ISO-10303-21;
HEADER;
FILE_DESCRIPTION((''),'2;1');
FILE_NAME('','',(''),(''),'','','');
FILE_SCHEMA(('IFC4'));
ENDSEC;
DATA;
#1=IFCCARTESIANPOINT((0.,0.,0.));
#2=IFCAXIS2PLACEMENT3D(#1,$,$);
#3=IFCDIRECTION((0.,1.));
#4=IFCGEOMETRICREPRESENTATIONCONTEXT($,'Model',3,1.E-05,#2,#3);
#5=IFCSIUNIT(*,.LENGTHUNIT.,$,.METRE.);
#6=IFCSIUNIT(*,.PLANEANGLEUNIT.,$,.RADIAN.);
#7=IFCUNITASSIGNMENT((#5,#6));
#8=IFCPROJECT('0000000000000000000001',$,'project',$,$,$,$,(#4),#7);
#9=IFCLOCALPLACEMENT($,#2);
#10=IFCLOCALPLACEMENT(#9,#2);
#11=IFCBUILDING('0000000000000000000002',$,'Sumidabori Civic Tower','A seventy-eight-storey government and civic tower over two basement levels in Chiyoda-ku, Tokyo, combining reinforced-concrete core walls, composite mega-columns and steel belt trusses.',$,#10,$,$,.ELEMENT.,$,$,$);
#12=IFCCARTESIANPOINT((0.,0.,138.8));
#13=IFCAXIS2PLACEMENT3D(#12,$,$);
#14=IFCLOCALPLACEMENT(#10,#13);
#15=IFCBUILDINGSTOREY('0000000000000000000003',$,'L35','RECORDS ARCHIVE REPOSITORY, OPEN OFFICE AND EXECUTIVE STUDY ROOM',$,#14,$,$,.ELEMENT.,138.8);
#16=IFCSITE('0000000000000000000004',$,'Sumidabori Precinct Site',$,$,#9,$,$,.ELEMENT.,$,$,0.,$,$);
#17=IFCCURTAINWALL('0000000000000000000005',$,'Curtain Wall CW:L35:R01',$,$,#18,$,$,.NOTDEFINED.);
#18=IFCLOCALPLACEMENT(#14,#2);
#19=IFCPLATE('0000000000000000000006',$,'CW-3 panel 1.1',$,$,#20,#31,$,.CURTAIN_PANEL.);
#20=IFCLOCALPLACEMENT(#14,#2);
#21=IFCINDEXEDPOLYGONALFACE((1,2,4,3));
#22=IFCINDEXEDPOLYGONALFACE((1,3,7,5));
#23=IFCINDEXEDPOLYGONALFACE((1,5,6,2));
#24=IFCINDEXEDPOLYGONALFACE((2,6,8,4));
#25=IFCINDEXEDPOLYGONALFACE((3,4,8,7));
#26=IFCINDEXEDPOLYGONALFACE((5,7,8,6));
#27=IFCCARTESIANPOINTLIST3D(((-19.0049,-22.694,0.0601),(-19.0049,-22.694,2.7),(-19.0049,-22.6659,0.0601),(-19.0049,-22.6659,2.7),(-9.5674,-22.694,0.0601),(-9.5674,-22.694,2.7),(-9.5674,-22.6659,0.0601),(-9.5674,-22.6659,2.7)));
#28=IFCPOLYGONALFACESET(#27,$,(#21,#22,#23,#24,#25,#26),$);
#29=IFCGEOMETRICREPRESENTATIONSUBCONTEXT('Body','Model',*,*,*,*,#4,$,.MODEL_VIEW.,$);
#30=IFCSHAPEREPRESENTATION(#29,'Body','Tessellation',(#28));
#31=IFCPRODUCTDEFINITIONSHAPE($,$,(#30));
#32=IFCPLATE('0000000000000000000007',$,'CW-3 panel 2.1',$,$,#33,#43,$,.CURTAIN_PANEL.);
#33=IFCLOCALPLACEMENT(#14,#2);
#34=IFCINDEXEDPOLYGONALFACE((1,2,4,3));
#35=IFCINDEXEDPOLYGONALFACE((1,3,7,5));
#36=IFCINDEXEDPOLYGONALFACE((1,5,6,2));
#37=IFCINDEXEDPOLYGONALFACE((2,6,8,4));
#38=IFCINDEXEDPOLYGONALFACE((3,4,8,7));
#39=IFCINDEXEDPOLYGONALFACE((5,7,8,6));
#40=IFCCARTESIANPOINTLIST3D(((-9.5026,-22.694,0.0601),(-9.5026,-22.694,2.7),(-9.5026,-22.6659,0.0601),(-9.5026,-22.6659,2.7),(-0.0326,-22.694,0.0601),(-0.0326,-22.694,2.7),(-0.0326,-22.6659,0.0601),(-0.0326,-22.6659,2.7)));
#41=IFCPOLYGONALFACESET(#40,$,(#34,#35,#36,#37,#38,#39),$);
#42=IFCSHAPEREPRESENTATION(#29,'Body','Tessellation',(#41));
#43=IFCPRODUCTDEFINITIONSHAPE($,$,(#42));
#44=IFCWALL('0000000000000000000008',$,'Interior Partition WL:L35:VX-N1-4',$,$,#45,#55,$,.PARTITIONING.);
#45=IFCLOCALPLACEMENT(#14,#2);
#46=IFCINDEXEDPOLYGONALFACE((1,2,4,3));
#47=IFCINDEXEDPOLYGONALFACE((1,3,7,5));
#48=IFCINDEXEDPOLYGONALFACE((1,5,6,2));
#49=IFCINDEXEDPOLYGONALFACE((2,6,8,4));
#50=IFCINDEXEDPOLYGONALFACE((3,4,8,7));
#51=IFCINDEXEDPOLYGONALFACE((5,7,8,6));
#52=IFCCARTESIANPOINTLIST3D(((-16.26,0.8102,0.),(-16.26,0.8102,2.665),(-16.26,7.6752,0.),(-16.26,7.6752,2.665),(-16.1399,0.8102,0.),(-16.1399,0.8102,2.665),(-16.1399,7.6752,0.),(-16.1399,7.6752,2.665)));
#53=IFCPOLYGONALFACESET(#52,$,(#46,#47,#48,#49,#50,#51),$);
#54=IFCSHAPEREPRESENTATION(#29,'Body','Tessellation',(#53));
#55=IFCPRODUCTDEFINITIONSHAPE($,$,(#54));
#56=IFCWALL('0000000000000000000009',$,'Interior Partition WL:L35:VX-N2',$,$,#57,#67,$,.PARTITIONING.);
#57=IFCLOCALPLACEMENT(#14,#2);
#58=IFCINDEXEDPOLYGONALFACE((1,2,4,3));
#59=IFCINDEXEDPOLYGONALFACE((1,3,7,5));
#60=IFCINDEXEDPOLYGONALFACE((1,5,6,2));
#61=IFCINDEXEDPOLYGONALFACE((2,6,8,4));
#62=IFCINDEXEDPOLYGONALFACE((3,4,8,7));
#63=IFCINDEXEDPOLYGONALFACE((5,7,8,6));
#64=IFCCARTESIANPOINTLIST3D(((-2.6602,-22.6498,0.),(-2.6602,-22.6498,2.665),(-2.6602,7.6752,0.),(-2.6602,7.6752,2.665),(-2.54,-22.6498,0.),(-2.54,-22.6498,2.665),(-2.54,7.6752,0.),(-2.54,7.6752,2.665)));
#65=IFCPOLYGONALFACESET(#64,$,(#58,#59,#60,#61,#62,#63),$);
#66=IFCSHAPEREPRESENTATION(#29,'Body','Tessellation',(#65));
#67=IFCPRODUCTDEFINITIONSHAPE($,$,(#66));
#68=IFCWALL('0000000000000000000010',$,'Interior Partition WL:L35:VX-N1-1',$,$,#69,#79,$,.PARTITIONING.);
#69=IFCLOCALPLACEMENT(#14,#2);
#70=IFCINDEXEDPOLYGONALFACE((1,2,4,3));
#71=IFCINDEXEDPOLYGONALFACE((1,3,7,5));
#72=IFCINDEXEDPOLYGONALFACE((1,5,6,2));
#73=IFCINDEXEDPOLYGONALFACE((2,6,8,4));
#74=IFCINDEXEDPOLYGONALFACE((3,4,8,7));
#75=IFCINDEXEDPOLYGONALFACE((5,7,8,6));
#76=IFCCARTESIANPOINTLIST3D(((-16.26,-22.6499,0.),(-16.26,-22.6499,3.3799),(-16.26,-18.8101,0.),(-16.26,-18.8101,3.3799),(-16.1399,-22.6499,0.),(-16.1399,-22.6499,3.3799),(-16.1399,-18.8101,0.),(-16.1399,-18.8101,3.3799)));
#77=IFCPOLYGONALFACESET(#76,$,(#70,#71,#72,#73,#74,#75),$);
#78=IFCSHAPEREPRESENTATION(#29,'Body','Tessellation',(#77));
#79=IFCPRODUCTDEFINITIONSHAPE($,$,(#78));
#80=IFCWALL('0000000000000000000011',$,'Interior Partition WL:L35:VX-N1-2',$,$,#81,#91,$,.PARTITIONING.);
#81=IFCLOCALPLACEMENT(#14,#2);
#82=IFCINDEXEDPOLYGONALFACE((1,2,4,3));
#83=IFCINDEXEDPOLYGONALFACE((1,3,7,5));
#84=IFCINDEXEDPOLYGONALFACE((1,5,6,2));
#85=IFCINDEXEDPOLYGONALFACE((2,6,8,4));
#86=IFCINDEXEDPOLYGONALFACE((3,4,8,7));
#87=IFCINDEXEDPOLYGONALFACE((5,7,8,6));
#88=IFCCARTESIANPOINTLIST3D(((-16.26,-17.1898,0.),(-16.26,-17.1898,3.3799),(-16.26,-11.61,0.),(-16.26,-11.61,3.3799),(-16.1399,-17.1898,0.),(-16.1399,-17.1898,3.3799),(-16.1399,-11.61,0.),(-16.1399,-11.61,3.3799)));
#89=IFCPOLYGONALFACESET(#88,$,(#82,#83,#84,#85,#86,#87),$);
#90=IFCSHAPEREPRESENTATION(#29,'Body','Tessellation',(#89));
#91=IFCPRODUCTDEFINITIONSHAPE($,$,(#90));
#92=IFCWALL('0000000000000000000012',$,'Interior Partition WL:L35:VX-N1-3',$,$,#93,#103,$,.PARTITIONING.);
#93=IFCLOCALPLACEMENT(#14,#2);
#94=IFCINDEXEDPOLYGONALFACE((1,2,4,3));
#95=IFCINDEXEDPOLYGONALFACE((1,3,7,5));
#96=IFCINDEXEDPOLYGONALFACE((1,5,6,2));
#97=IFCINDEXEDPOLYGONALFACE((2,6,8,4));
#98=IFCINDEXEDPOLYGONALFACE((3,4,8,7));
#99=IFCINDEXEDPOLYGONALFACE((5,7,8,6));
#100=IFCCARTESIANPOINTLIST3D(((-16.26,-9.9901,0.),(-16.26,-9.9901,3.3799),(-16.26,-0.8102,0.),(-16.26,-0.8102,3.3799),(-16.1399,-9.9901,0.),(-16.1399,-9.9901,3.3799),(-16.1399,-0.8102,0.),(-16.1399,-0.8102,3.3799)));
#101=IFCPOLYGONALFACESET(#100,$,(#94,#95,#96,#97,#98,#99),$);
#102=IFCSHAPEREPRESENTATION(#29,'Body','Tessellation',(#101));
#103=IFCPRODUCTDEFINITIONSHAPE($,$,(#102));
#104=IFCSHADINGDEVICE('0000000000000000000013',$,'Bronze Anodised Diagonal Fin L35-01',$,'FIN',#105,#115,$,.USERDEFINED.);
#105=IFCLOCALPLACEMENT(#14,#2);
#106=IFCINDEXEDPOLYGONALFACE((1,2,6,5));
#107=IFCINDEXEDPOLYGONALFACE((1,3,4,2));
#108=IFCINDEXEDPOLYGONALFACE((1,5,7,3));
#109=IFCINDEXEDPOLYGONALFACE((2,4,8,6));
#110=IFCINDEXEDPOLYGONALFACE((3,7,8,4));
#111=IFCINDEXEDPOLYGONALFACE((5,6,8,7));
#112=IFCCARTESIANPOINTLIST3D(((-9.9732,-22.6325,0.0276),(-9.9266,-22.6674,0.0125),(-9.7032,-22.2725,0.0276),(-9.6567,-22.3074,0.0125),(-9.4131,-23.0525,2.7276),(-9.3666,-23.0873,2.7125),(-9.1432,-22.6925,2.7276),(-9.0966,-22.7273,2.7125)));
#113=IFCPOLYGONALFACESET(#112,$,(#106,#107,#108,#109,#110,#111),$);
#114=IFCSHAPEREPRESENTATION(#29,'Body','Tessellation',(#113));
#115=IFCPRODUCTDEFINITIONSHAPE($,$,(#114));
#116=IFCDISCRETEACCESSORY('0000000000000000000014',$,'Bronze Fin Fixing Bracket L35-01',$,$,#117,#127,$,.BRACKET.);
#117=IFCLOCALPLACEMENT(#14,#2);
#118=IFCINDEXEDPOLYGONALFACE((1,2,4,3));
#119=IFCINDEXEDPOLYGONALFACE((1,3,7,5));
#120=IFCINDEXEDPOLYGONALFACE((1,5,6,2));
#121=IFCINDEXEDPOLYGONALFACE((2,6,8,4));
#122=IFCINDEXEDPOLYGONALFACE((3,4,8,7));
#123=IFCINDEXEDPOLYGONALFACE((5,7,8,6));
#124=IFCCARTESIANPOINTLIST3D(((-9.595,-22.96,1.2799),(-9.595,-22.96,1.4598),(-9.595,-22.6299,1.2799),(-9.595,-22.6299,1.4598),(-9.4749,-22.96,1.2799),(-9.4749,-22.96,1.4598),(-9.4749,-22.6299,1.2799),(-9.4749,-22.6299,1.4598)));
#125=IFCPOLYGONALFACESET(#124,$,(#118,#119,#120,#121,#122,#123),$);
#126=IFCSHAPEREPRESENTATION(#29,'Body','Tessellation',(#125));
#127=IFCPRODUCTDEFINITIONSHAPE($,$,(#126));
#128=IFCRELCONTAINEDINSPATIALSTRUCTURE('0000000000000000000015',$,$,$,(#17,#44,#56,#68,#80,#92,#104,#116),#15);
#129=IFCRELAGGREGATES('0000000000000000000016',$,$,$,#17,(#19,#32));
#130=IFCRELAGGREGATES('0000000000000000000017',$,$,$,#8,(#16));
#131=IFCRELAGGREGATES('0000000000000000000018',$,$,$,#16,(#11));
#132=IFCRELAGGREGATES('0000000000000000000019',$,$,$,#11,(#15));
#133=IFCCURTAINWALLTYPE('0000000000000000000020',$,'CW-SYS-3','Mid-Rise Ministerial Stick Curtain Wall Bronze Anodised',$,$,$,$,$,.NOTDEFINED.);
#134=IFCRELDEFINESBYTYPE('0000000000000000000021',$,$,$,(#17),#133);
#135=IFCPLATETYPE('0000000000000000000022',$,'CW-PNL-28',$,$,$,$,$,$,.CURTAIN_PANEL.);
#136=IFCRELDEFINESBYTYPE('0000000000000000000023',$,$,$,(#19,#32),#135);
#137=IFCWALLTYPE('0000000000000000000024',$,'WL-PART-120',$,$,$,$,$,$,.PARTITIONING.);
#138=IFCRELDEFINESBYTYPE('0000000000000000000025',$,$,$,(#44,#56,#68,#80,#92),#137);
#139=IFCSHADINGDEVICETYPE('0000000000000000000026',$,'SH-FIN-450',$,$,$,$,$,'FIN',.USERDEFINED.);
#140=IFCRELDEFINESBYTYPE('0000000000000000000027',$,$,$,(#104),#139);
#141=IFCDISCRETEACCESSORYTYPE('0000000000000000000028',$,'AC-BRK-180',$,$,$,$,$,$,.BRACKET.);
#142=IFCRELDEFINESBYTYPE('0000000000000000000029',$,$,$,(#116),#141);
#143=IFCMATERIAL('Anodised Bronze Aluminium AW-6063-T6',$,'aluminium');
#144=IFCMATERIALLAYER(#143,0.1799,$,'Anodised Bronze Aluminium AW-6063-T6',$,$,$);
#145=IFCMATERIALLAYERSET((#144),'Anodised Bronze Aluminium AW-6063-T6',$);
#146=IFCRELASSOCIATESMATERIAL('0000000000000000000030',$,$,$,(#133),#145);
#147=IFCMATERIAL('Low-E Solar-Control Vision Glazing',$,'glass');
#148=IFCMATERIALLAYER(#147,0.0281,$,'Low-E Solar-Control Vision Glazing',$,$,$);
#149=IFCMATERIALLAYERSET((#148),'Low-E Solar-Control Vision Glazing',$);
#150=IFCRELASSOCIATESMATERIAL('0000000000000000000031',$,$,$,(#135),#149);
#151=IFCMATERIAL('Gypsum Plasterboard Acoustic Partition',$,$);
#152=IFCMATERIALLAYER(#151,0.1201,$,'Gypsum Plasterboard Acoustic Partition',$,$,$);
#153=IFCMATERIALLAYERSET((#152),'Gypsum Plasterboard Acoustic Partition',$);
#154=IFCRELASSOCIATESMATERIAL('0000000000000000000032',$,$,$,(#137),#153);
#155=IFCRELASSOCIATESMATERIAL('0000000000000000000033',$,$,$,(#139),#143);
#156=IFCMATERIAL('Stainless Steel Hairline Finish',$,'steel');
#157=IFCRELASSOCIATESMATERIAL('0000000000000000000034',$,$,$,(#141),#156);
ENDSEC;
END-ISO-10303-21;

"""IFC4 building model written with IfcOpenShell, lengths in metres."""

from ifc_helpers import new_model, si_unit, direction, frame, frame_2d, origin, origin_2d, place, context, subcontext, project, spatial, rectangle, extrude, source, transform, mapped, material, layer, layer_set, material_profile, profile_set, type_object, element, aggregate, save


model = new_model("IFC4")

# Units and contexts
model_context = context("Model", 3, precision=1e-05, world=origin(), true_north=direction((0.0, 1.0)))
body_context = subcontext(model_context, "Body", "Model", "MODEL_VIEW")
ifc_project = project(units=[si_unit("LENGTHUNIT", "METRE"), si_unit("PLANEANGLEUNIT", "RADIAN")], contexts=[model_context])

# Site, building, storey
site_placement = place(None, origin())
site = spatial("IfcSite", under=ifc_project, at=site_placement, Name="Sumidabori Precinct Site", CompositionType="ELEMENT", RefElevation=0.0)
building_placement = place(site_placement, origin())
building = spatial("IfcBuilding", under=site, at=building_placement, Name="Sumidabori Civic Tower", Description="A seventy-eight-storey government and civic tower over two basement levels in Chiyoda-ku, Tokyo, combining reinforced-concrete core walls, composite mega-columns and steel belt trusses.", CompositionType="ELEMENT")
storey_placement = place(building_placement, frame((0.0, 0.0, 138.8)))
storey = spatial("IfcBuildingStorey", under=building, at=storey_placement, Name="L35", Description="RECORDS ARCHIVE REPOSITORY, OPEN OFFICE AND EXECUTIVE STUDY ROOM", CompositionType="ELEMENT", Elevation=138.8)

# Curtain wall
ifc_material_1 = material(Name="Anodised Bronze Aluminium AW-6063-T6", Category="aluminium")
ifc_layer_1 = layer(ifc_material_1, 0.1799, Name="Anodised Bronze Aluminium AW-6063-T6")
ifc_layer_set_1 = layer_set([ifc_layer_1], Name="Anodised Bronze Aluminium AW-6063-T6")
curtain_wall_type = type_object("IfcCurtainWallType", Name="CW-SYS-3", Description="Mid-Rise Ministerial Stick Curtain Wall Bronze Anodised", PredefinedType="NOTDEFINED", material=ifc_layer_set_1)
curtain_wall_placement = place(storey_placement, origin())
curtain_wall = element("IfcCurtainWall", 1, at=curtain_wall_placement, inside=storey, type_object=curtain_wall_type, Name="Curtain Wall CW:L35:R01", PredefinedType="NOTDEFINED")

# Plates
ifc_material_2 = material(Name="Low-E Solar-Control Vision Glazing", Category="glass")
ifc_layer_2 = layer(ifc_material_2, 0.0281, Name="Low-E Solar-Control Vision Glazing")
ifc_layer_set_2 = layer_set([ifc_layer_2], Name="Low-E Solar-Control Vision Glazing")
plate_type = type_object("IfcPlateType", Name="CW-PNL-28", PredefinedType="CURTAIN_PANEL", material=ifc_layer_set_2)
shared_shape_1 = source(origin(), body_context, "Body", "SweptSolid", [
    extrude(rectangle(XDim=9.4375, YDim=0.0281, at=origin_2d()), origin(), (0.0, 0.0, 1.0), 2.6399),
])
plate_1_placement = place(storey_placement, frame((-14.2861, -22.6799, 0.0601), z_axis=(0.0, 0.0, 1.0), x_axis=(1.0, 0.0, 0.0)))
plate_1 = element("IfcPlate", 2, at=plate_1_placement, type_object=plate_type, Name="CW-3 panel 1.1", PredefinedType="CURTAIN_PANEL", context=body_context, shape_type="MappedRepresentation", body=[
    mapped(shared_shape_1, transform((0.0, 0.0, 0.0), x_axis=(1.0, 0.0, 0.0), y_axis=(0.0, 1.0, 0.0), z_axis=(0.0, 0.0, 1.0), scale=1.0)),
])
shared_shape_2 = source(origin(), body_context, "Body", "SweptSolid", [
    extrude(rectangle(XDim=9.47, YDim=0.0281, at=origin_2d()), origin(), (0.0, 0.0, 1.0), 2.6399),
])
plate_2_placement = place(storey_placement, frame((-4.7676, -22.6799, 0.0601), z_axis=(0.0, 0.0, 1.0), x_axis=(1.0, 0.0, 0.0)))
plate_2 = element("IfcPlate", 3, at=plate_2_placement, type_object=plate_type, Name="CW-3 panel 2.1", PredefinedType="CURTAIN_PANEL", context=body_context, shape_type="MappedRepresentation", body=[
    mapped(shared_shape_2, transform((0.0, 0.0, 0.0), x_axis=(1.0, 0.0, 0.0), y_axis=(0.0, 1.0, 0.0), z_axis=(0.0, 0.0, 1.0), scale=1.0)),
])
aggregate(curtain_wall, [plate_1, plate_2])

# Walls
ifc_material_3 = material(Name="Gypsum Plasterboard Acoustic Partition")
ifc_layer_3 = layer(ifc_material_3, 0.1201, Name="Gypsum Plasterboard Acoustic Partition")
ifc_layer_set_3 = layer_set([ifc_layer_3], Name="Gypsum Plasterboard Acoustic Partition")
wall_type = type_object("IfcWallType", Name="WL-PART-120", PredefinedType="PARTITIONING", material=ifc_layer_set_3)
shared_shape_3 = source(origin(), body_context, "Body", "SweptSolid", [
    extrude(rectangle(XDim=6.865, YDim=0.1201, at=frame_2d((3.4326, 0.0))), origin(), (0.0, 0.0, 1.0), 2.665),
])
wall_1_placement = place(storey_placement, frame((-16.2, 0.8101, 0.0), z_axis=(0.0, 0.0, 1.0), x_axis=(0.0, 1.0, 0.0)))
element("IfcWall", 4, at=wall_1_placement, inside=storey, type_object=wall_type, Name="Interior Partition WL:L35:VX-N1-4", PredefinedType="PARTITIONING", context=body_context, shape_type="MappedRepresentation", body=[
    mapped(shared_shape_3, transform((0.0, 0.0, 0.0), x_axis=(1.0, 0.0, 0.0), y_axis=(0.0, 1.0, 0.0), z_axis=(0.0, 0.0, 1.0), scale=1.0)),
])
shared_shape_4 = source(origin(), body_context, "Body", "SweptSolid", [
    extrude(rectangle(XDim=30.325, YDim=0.1201, at=frame_2d((15.1626, 0.0))), origin(), (0.0, 0.0, 1.0), 2.665),
])
wall_2_placement = place(storey_placement, frame((-2.6001, -22.6499, 0.0), z_axis=(0.0, 0.0, 1.0), x_axis=(0.0, 1.0, 0.0)))
element("IfcWall", 5, at=wall_2_placement, inside=storey, type_object=wall_type, Name="Interior Partition WL:L35:VX-N2", PredefinedType="PARTITIONING", context=body_context, shape_type="MappedRepresentation", body=[
    mapped(shared_shape_4, transform((0.0, 0.0, 0.0), x_axis=(1.0, 0.0, 0.0), y_axis=(0.0, 1.0, 0.0), z_axis=(0.0, 0.0, 1.0), scale=1.0)),
])
shared_shape_5 = source(origin(), body_context, "Body", "SweptSolid", [
    extrude(rectangle(XDim=3.8398, YDim=0.1201, at=frame_2d((1.9199, 0.0))), origin(), (0.0, 0.0, 1.0), 3.3799),
])
wall_3_placement = place(storey_placement, frame((-16.2, -22.6499, 0.0), z_axis=(0.0, 0.0, 1.0), x_axis=(0.0, 1.0, 0.0)))
element("IfcWall", 6, at=wall_3_placement, inside=storey, type_object=wall_type, Name="Interior Partition WL:L35:VX-N1-1", PredefinedType="PARTITIONING", context=body_context, shape_type="MappedRepresentation", body=[
    mapped(shared_shape_5, transform((0.0, 0.0, 0.0), x_axis=(1.0, 0.0, 0.0), y_axis=(0.0, 1.0, 0.0), z_axis=(0.0, 0.0, 1.0), scale=1.0)),
])
shared_shape_6 = source(origin(), body_context, "Body", "SweptSolid", [
    extrude(rectangle(XDim=5.5798, YDim=0.1201, at=frame_2d((2.79, 0.0))), origin(), (0.0, 0.0, 1.0), 3.3799),
])
wall_4_placement = place(storey_placement, frame((-16.2, -17.1899, 0.0), z_axis=(0.0, 0.0, 1.0), x_axis=(0.0, 1.0, 0.0)))
element("IfcWall", 7, at=wall_4_placement, inside=storey, type_object=wall_type, Name="Interior Partition WL:L35:VX-N1-2", PredefinedType="PARTITIONING", context=body_context, shape_type="MappedRepresentation", body=[
    mapped(shared_shape_6, transform((0.0, 0.0, 0.0), x_axis=(1.0, 0.0, 0.0), y_axis=(0.0, 1.0, 0.0), z_axis=(0.0, 0.0, 1.0), scale=1.0)),
])
shared_shape_7 = source(origin(), body_context, "Body", "SweptSolid", [
    extrude(rectangle(XDim=9.1799, YDim=0.1201, at=frame_2d((4.5898, 0.0))), origin(), (0.0, 0.0, 1.0), 3.3799),
])
wall_5_placement = place(storey_placement, frame((-16.2, -9.99, 0.0), z_axis=(0.0, 0.0, 1.0), x_axis=(0.0, 1.0, 0.0)))
element("IfcWall", 8, at=wall_5_placement, inside=storey, type_object=wall_type, Name="Interior Partition WL:L35:VX-N1-3", PredefinedType="PARTITIONING", context=body_context, shape_type="MappedRepresentation", body=[
    mapped(shared_shape_7, transform((0.0, 0.0, 0.0), x_axis=(1.0, 0.0, 0.0), y_axis=(0.0, 1.0, 0.0), z_axis=(0.0, 0.0, 1.0), scale=1.0)),
])

# Shading device
ifc_material_profile_1 = material_profile(ifc_material_1, rectangle(XDim=0.0601, YDim=0.45, at=origin_2d()), Name="BRONZE FIN 450x60")
ifc_profile_set_1 = profile_set([ifc_material_profile_1], Name="Anodised Bronze Aluminium AW-6063-T6")
shading_device_type = type_object("IfcShadingDeviceType", Name="SH-FIN-450", ElementType="FIN", PredefinedType="USERDEFINED", material=ifc_profile_set_1)
shared_shape_8 = source(origin(), body_context, "Body", "SweptSolid", [
    extrude(rectangle(XDim=0.0601, YDim=0.45, at=origin_2d()), origin(), (0.0, 0.0, 1.0), 2.7893),
])
shading_device_placement = place(storey_placement, frame((-9.8149, -22.47, 0.02), z_axis=(0.200794, -0.150552, 0.967996), x_axis=(0.774478, -0.580689, -0.250966)))
element("IfcShadingDevice", 9, at=shading_device_placement, inside=storey, type_object=shading_device_type, Name="Bronze Anodised Diagonal Fin L35-01", ObjectType="FIN", PredefinedType="USERDEFINED", context=body_context, shape_type="MappedRepresentation", body=[
    mapped(shared_shape_8, transform((0.0, 0.0, 0.0), x_axis=(1.0, 0.0, 0.0), y_axis=(0.0, 1.0, 0.0), z_axis=(0.0, 0.0, 1.0), scale=1.0)),
])

# Discrete accessory
ifc_material_4 = material(Name="Stainless Steel Hairline Finish", Category="steel")
ifc_material_profile_2 = material_profile(ifc_material_4, rectangle(XDim=0.1201, YDim=0.1799, at=origin_2d()), Name="STEEL BRACKET 180x120")
ifc_profile_set_2 = profile_set([ifc_material_profile_2], Name="Stainless Steel Hairline Finish")
discrete_accessory_type = type_object("IfcDiscreteAccessoryType", Name="AC-BRK-180", PredefinedType="BRACKET", material=ifc_profile_set_2)
shared_shape_9 = source(origin(), body_context, "Body", "SweptSolid", [
    extrude(rectangle(XDim=0.1201, YDim=0.1799, at=origin_2d()), origin(), (0.0, 0.0, 1.0), 0.3301),
])
discrete_accessory_placement = place(storey_placement, frame((-9.5349, -22.6299, 1.3699), z_axis=(0.0, -1.0, 0.0), x_axis=(1.0, 0.0, 0.0)))
element("IfcDiscreteAccessory", 10, at=discrete_accessory_placement, inside=storey, type_object=discrete_accessory_type, Name="Bronze Fin Fixing Bracket L35-01", PredefinedType="BRACKET", context=body_context, shape_type="MappedRepresentation", body=[
    mapped(shared_shape_9, transform((0.0, 0.0, 0.0), x_axis=(1.0, 0.0, 0.0), y_axis=(0.0, 1.0, 0.0), z_axis=(0.0, 0.0, 1.0), scale=1.0)),
])

save(model, "model.ifc")
